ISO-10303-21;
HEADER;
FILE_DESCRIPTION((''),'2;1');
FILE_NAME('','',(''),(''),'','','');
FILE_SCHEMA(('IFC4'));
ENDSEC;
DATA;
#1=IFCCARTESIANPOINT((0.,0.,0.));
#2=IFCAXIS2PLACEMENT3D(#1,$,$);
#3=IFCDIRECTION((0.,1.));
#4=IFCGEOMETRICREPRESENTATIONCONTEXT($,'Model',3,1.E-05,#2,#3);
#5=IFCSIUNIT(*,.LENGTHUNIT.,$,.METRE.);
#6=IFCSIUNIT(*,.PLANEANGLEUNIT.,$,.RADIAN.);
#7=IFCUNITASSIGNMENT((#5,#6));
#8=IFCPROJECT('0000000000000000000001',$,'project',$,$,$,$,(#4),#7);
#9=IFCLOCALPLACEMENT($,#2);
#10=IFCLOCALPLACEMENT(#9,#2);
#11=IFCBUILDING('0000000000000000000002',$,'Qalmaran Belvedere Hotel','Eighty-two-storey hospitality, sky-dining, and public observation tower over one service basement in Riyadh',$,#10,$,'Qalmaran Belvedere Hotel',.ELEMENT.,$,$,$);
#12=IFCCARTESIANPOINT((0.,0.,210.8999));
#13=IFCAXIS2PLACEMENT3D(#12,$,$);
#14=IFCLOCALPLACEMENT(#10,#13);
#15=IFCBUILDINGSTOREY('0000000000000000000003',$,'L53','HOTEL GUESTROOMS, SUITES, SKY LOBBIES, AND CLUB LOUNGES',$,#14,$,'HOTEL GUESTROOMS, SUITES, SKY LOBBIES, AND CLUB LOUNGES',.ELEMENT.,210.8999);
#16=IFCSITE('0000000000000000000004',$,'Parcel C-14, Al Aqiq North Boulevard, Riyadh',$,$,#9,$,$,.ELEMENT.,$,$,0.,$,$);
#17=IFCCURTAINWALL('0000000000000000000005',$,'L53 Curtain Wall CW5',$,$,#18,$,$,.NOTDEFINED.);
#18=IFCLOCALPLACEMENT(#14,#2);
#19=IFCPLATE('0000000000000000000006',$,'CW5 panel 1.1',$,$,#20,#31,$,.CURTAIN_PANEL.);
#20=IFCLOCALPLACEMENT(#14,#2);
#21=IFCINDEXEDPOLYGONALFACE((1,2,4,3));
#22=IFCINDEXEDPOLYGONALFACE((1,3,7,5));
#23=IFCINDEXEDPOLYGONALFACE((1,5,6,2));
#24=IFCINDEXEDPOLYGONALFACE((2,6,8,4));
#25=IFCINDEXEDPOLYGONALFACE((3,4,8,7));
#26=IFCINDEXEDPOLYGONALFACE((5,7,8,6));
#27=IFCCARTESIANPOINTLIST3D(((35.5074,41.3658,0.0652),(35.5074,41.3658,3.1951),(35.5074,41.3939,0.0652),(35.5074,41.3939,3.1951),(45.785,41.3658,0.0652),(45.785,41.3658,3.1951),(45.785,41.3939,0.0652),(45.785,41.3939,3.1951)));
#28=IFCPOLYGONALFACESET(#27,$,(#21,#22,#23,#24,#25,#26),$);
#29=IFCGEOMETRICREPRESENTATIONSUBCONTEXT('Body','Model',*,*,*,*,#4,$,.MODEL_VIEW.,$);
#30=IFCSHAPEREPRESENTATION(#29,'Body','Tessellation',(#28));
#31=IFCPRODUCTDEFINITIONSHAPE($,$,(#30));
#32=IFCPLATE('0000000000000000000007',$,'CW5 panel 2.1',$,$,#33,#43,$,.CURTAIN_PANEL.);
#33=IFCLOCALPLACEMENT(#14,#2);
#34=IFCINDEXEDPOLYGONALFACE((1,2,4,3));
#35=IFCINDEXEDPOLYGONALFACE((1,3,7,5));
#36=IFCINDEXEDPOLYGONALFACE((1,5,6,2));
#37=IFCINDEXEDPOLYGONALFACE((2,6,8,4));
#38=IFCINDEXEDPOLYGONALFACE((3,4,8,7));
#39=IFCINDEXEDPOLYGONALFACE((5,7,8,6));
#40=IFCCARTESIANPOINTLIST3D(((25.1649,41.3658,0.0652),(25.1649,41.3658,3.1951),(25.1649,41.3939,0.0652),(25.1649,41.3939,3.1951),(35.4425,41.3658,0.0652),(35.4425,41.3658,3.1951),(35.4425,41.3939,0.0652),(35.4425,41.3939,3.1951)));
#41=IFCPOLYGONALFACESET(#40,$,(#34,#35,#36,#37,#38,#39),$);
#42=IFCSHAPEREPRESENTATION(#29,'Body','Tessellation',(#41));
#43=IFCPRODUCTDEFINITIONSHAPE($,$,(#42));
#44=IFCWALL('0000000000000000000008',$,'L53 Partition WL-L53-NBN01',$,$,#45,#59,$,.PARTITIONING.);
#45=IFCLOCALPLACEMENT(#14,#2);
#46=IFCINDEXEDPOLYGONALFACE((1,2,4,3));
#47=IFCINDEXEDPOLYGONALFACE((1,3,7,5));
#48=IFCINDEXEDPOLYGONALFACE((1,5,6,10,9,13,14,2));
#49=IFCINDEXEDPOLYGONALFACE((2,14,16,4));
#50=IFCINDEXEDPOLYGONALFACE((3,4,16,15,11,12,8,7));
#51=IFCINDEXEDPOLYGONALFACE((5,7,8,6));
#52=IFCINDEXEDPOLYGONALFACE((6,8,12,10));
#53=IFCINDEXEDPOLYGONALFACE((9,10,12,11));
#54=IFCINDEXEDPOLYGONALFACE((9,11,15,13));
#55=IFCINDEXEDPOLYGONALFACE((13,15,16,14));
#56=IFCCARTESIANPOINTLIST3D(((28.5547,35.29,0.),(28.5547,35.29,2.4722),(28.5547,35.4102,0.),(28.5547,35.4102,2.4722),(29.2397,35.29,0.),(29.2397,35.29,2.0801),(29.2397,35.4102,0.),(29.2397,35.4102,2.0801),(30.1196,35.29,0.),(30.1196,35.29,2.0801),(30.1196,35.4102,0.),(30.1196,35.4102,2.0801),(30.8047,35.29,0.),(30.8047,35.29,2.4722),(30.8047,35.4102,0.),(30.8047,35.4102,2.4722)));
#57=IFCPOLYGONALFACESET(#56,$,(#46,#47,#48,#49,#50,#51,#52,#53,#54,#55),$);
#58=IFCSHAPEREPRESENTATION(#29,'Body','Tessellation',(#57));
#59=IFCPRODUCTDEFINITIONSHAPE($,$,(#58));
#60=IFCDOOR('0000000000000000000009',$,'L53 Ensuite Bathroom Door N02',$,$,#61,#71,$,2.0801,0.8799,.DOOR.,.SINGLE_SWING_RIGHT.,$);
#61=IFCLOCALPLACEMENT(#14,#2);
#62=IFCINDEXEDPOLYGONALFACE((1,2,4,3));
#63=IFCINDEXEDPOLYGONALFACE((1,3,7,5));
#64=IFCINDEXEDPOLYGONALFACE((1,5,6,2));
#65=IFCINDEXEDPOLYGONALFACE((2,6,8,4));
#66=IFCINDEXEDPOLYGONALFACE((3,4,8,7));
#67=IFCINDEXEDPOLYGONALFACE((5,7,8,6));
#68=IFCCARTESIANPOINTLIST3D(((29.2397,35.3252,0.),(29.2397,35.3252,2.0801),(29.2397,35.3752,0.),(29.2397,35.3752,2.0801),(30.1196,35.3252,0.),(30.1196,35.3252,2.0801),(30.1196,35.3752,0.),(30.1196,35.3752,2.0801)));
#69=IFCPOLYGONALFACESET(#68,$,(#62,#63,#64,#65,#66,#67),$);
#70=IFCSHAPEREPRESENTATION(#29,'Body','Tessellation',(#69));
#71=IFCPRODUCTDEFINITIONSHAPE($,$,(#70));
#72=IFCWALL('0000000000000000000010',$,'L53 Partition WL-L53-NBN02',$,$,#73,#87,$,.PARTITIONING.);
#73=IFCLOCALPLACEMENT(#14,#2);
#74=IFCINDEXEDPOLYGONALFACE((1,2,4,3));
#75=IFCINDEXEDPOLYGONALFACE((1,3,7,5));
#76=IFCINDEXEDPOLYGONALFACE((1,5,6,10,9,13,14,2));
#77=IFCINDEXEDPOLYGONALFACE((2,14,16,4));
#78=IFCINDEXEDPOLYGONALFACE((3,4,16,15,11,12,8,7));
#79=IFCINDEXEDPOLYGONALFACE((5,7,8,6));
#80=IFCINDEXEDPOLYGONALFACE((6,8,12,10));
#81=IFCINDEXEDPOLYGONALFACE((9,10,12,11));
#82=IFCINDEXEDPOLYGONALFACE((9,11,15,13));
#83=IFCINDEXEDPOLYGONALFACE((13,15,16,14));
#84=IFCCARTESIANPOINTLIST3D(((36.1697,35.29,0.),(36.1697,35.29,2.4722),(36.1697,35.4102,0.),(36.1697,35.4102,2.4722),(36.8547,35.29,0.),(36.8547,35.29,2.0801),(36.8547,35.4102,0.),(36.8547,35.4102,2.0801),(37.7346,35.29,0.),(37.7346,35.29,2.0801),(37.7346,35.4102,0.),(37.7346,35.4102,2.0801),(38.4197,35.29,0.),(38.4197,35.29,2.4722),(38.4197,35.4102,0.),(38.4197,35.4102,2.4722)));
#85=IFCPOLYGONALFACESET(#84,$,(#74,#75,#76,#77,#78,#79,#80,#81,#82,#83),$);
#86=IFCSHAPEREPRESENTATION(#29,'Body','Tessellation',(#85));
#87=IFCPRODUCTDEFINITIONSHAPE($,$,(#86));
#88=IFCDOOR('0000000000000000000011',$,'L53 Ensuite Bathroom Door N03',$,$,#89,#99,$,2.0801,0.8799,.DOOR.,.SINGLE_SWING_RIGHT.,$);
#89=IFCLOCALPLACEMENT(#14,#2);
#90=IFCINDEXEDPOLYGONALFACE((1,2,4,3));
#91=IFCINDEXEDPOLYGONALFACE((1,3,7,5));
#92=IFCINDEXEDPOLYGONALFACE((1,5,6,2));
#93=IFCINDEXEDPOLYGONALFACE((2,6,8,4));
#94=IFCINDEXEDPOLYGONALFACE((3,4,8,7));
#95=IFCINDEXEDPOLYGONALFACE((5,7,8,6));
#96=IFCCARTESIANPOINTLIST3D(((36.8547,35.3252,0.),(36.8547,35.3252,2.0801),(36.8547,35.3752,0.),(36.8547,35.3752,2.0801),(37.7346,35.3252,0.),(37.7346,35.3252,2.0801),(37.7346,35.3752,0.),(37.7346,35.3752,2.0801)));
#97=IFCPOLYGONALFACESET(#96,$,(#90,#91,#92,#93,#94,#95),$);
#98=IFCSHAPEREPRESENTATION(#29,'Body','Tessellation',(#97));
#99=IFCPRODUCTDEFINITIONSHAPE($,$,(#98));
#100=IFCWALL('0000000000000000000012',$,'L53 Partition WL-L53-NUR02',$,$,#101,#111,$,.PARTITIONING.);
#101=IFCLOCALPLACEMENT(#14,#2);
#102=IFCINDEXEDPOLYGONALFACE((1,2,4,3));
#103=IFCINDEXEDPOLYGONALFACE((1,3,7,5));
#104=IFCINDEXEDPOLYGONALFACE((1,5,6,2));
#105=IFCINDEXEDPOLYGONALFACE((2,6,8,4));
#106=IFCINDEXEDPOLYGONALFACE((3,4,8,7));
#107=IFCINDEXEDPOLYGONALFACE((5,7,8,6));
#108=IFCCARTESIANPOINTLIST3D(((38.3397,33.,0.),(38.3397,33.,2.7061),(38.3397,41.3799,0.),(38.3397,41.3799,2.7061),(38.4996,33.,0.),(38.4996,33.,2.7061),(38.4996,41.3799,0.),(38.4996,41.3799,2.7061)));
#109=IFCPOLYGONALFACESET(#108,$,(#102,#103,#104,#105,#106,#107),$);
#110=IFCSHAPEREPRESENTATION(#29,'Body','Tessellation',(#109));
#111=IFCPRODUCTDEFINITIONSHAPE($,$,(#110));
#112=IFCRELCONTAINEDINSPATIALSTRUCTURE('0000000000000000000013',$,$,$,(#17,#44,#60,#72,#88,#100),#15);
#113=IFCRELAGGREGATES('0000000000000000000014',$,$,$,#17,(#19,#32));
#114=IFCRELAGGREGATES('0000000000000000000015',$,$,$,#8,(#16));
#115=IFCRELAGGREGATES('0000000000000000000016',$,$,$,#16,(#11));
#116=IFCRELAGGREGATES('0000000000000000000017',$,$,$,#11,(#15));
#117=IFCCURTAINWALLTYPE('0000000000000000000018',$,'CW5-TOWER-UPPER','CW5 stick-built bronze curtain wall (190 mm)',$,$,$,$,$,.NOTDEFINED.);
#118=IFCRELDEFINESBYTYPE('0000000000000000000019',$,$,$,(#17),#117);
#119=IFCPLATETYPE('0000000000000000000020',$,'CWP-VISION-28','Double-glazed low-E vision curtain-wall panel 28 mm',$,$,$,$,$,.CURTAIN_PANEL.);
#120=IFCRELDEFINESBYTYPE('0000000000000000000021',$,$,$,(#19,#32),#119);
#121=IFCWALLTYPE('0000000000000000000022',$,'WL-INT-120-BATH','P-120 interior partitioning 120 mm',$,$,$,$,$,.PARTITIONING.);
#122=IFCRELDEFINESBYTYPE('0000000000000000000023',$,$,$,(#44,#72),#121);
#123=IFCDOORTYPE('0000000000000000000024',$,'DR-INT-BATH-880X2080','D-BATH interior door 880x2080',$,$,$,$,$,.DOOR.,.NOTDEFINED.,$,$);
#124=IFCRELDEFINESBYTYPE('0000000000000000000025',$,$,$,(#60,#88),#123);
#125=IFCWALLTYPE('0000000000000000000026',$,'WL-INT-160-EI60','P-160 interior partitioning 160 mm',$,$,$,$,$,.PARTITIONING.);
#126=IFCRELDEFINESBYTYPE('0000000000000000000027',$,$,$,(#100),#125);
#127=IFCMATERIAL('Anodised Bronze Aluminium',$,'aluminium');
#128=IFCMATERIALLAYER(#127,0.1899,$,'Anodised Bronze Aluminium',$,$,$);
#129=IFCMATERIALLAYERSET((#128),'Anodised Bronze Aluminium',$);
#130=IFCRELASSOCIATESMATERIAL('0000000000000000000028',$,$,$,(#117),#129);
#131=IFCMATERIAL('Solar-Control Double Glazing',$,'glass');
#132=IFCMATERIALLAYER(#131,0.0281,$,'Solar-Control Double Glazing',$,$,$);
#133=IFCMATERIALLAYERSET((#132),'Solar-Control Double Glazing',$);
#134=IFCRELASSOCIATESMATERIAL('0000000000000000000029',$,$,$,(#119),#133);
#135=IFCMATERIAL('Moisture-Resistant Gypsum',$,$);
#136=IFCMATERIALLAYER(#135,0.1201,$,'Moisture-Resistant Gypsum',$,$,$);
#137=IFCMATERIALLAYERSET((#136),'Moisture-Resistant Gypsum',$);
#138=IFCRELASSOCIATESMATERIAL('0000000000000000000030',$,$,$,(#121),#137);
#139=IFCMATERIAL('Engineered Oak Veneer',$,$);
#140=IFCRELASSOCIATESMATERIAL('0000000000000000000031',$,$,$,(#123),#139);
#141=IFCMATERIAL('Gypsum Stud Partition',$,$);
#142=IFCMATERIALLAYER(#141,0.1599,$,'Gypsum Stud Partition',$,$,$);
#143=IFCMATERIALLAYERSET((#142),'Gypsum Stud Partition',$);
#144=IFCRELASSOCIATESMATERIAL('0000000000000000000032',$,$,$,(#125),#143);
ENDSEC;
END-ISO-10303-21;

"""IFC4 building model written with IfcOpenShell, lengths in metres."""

from ifc_helpers import new_model, si_unit, direction, frame, frame_2d, origin, origin_2d, place, context, subcontext, project, spatial, rectangle, extrude, material, layer, layer_set, type_object, element, fill, aggregate, save


model = new_model("IFC4")

# Units and contexts
model_context = context("Model", 3, precision=1e-05, world=origin(), true_north=direction((0.0, 1.0)))
body_context = subcontext(model_context, "Body", "Model", "MODEL_VIEW")
ifc_project = project(units=[si_unit("LENGTHUNIT", "METRE"), si_unit("PLANEANGLEUNIT", "RADIAN")], contexts=[model_context])

# Site, building, storey
site_placement = place(None, origin())
site = spatial("IfcSite", under=ifc_project, at=site_placement, Name="Parcel C-14, Al Aqiq North Boulevard, Riyadh", CompositionType="ELEMENT", RefElevation=0.0)
building_placement = place(site_placement, origin())
building = spatial("IfcBuilding", under=site, at=building_placement, Name="Qalmaran Belvedere Hotel", Description="Eighty-two-storey hospitality, sky-dining, and public observation tower over one service basement in Riyadh", LongName="Qalmaran Belvedere Hotel", CompositionType="ELEMENT")
storey_placement = place(building_placement, frame((0.0, 0.0, 210.8999)))
storey = spatial("IfcBuildingStorey", under=building, at=storey_placement, Name="L53", Description="HOTEL GUESTROOMS, SUITES, SKY LOBBIES, AND CLUB LOUNGES", LongName="HOTEL GUESTROOMS, SUITES, SKY LOBBIES, AND CLUB LOUNGES", CompositionType="ELEMENT", Elevation=210.8999)

# Curtain wall, plates
ifc_material_1 = material(Name="Anodised Bronze Aluminium", Category="aluminium")
ifc_layer_1 = layer(ifc_material_1, 0.1899, Name="Anodised Bronze Aluminium")
ifc_layer_set_1 = layer_set([ifc_layer_1], Name="Anodised Bronze Aluminium")
curtain_wall_type = type_object("IfcCurtainWallType", Name="CW5-TOWER-UPPER", Description="CW5 stick-built bronze curtain wall (190 mm)", PredefinedType="NOTDEFINED", material=ifc_layer_set_1)
curtain_wall_placement = place(storey_placement, origin())
curtain_wall = element("IfcCurtainWall", 1, at=curtain_wall_placement, inside=storey, type_object=curtain_wall_type, Name="L53 Curtain Wall CW5", PredefinedType="NOTDEFINED")
ifc_material_2 = material(Name="Solar-Control Double Glazing", Category="glass")
ifc_layer_2 = layer(ifc_material_2, 0.0281, Name="Solar-Control Double Glazing")
ifc_layer_set_2 = layer_set([ifc_layer_2], Name="Solar-Control Double Glazing")
plate_type = type_object("IfcPlateType", Name="CWP-VISION-28", Description="Double-glazed low-E vision curtain-wall panel 28 mm", PredefinedType="CURTAIN_PANEL", material=ifc_layer_set_2)
plate_1_placement = place(storey_placement, frame((40.6462, 41.3799, 0.0652), z_axis=(0.0, 0.0, 1.0), x_axis=(-1.0, 0.0, 0.0)))
plate_1 = element("IfcPlate", 2, at=plate_1_placement, type_object=plate_type, Name="CW5 panel 1.1", PredefinedType="CURTAIN_PANEL", context=body_context, shape_type="SweptSolid", body=[
    extrude(rectangle(XDim=10.2776, YDim=0.0281, at=origin_2d()), origin(), (0.0, 0.0, 1.0), 3.1299),
])
plate_2_placement = place(storey_placement, frame((30.3037, 41.3799, 0.0652), z_axis=(0.0, 0.0, 1.0), x_axis=(-1.0, 0.0, 0.0)))
plate_2 = element("IfcPlate", 3, at=plate_2_placement, type_object=plate_type, Name="CW5 panel 2.1", PredefinedType="CURTAIN_PANEL", context=body_context, shape_type="SweptSolid", body=[
    extrude(rectangle(XDim=10.2776, YDim=0.0281, at=origin_2d()), origin(), (0.0, 0.0, 1.0), 3.1299),
])
aggregate(curtain_wall, [plate_1, plate_2])

# Walls, openings, doors
ifc_material_3 = material(Name="Moisture-Resistant Gypsum")
ifc_layer_3 = layer(ifc_material_3, 0.1201, Name="Moisture-Resistant Gypsum")
ifc_layer_set_3 = layer_set([ifc_layer_3], Name="Moisture-Resistant Gypsum")
wall_type_1 = type_object("IfcWallType", Name="WL-INT-120-BATH", Description="P-120 interior partitioning 120 mm", PredefinedType="PARTITIONING", material=ifc_layer_set_3)
wall_1_placement = place(storey_placement, frame((28.5547, 35.3501, 0.0), z_axis=(0.0, 0.0, 1.0), x_axis=(1.0, 0.0, 0.0)))
wall_1 = element("IfcWall", 4, at=wall_1_placement, inside=storey, type_object=wall_type_1, Name="L53 Partition WL-L53-NBN01", PredefinedType="PARTITIONING", context=body_context, shape_type="SweptSolid", body=[
    extrude(rectangle(XDim=2.25, YDim=0.1201, at=frame_2d((1.125, 0.0))), origin(), (0.0, 0.0, 1.0), 2.4722),
])
opening_1_placement = place(wall_1_placement, frame((1.5649, 0.0, 0.0), z_axis=(0.0, 0.0, 1.0), x_axis=(-1.0, 0.0, 0.0)))
opening_1 = element("IfcOpeningElement", 5, at=opening_1_placement, cuts=wall_1, PredefinedType="OPENING", context=body_context, shape_type="SweptSolid", body=[
    extrude(rectangle(XDim=0.8799, YDim=2.0801, at=frame_2d((0.4399, 1.04))), frame((0.0, 0.0701, 0.0), z_axis=(0.0, -1.0, 0.0), x_axis=(1.0, 0.0, 0.0)), (0.0, 0.0, 1.0), 0.1401),
])
ifc_material_4 = material(Name="Engineered Oak Veneer")
door_type_1 = type_object("IfcDoorType", Name="DR-INT-BATH-880X2080", Description="D-BATH interior door 880x2080", OperationType="NOTDEFINED", PredefinedType="DOOR", material=ifc_material_4)
door_1_placement = place(opening_1_placement, origin())
door_1 = element("IfcDoor", 6, at=door_1_placement, inside=storey, type_object=door_type_1, Name="L53 Ensuite Bathroom Door N02", OperationType="SINGLE_SWING_RIGHT", OverallHeight=2.0801, OverallWidth=0.8799, PredefinedType="DOOR", context=body_context, shape_type="SweptSolid", body=[
    extrude(rectangle(XDim=0.8799, YDim=2.0801, at=frame_2d((0.4399, 1.04))), frame((0.0, 0.0249, 0.0), z_axis=(0.0, -1.0, 0.0), x_axis=(1.0, 0.0, 0.0)), (0.0, 0.0, 1.0), 0.05),
])
fill(opening_1, door_1)
wall_2_placement = place(storey_placement, frame((36.1697, 35.3501, 0.0), z_axis=(0.0, 0.0, 1.0), x_axis=(1.0, 0.0, 0.0)))
wall_2 = element("IfcWall", 7, at=wall_2_placement, inside=storey, type_object=wall_type_1, Name="L53 Partition WL-L53-NBN02", PredefinedType="PARTITIONING", context=body_context, shape_type="SweptSolid", body=[
    extrude(rectangle(XDim=2.25, YDim=0.1201, at=frame_2d((1.125, 0.0))), origin(), (0.0, 0.0, 1.0), 2.4722),
])
opening_2_placement = place(wall_2_placement, frame((1.5649, 0.0, 0.0), z_axis=(0.0, 0.0, 1.0), x_axis=(-1.0, 0.0, 0.0)))
opening_2 = element("IfcOpeningElement", 8, at=opening_2_placement, cuts=wall_2, PredefinedType="OPENING", context=body_context, shape_type="SweptSolid", body=[
    extrude(rectangle(XDim=0.8799, YDim=2.0801, at=frame_2d((0.4399, 1.04))), frame((0.0, 0.0701, 0.0), z_axis=(0.0, -1.0, 0.0), x_axis=(1.0, 0.0, 0.0)), (0.0, 0.0, 1.0), 0.1401),
])
door_2_placement = place(opening_2_placement, origin())
door_2 = element("IfcDoor", 9, at=door_2_placement, inside=storey, type_object=door_type_1, Name="L53 Ensuite Bathroom Door N03", OperationType="SINGLE_SWING_RIGHT", OverallHeight=2.0801, OverallWidth=0.8799, PredefinedType="DOOR", context=body_context, shape_type="SweptSolid", body=[
    extrude(rectangle(XDim=0.8799, YDim=2.0801, at=frame_2d((0.4399, 1.04))), frame((0.0, 0.0249, 0.0), z_axis=(0.0, -1.0, 0.0), x_axis=(1.0, 0.0, 0.0)), (0.0, 0.0, 1.0), 0.05),
])
fill(opening_2, door_2)

# Wall
ifc_material_5 = material(Name="Gypsum Stud Partition")
ifc_layer_4 = layer(ifc_material_5, 0.1599, Name="Gypsum Stud Partition")
ifc_layer_set_4 = layer_set([ifc_layer_4], Name="Gypsum Stud Partition")
wall_type_2 = type_object("IfcWallType", Name="WL-INT-160-EI60", Description="P-160 interior partitioning 160 mm", PredefinedType="PARTITIONING", material=ifc_layer_set_4)
wall_3_placement = place(storey_placement, frame((38.4197, 33.0, 0.0), z_axis=(0.0, 0.0, 1.0), x_axis=(0.0, 1.0, 0.0)))
element("IfcWall", 10, at=wall_3_placement, inside=storey, type_object=wall_type_2, Name="L53 Partition WL-L53-NUR02", PredefinedType="PARTITIONING", context=body_context, shape_type="SweptSolid", body=[
    extrude(rectangle(XDim=8.3799, YDim=0.1599, at=frame_2d((4.1899, 0.0))), origin(), (0.0, 0.0, 1.0), 2.7061),
])

save(model, "model.ifc")
